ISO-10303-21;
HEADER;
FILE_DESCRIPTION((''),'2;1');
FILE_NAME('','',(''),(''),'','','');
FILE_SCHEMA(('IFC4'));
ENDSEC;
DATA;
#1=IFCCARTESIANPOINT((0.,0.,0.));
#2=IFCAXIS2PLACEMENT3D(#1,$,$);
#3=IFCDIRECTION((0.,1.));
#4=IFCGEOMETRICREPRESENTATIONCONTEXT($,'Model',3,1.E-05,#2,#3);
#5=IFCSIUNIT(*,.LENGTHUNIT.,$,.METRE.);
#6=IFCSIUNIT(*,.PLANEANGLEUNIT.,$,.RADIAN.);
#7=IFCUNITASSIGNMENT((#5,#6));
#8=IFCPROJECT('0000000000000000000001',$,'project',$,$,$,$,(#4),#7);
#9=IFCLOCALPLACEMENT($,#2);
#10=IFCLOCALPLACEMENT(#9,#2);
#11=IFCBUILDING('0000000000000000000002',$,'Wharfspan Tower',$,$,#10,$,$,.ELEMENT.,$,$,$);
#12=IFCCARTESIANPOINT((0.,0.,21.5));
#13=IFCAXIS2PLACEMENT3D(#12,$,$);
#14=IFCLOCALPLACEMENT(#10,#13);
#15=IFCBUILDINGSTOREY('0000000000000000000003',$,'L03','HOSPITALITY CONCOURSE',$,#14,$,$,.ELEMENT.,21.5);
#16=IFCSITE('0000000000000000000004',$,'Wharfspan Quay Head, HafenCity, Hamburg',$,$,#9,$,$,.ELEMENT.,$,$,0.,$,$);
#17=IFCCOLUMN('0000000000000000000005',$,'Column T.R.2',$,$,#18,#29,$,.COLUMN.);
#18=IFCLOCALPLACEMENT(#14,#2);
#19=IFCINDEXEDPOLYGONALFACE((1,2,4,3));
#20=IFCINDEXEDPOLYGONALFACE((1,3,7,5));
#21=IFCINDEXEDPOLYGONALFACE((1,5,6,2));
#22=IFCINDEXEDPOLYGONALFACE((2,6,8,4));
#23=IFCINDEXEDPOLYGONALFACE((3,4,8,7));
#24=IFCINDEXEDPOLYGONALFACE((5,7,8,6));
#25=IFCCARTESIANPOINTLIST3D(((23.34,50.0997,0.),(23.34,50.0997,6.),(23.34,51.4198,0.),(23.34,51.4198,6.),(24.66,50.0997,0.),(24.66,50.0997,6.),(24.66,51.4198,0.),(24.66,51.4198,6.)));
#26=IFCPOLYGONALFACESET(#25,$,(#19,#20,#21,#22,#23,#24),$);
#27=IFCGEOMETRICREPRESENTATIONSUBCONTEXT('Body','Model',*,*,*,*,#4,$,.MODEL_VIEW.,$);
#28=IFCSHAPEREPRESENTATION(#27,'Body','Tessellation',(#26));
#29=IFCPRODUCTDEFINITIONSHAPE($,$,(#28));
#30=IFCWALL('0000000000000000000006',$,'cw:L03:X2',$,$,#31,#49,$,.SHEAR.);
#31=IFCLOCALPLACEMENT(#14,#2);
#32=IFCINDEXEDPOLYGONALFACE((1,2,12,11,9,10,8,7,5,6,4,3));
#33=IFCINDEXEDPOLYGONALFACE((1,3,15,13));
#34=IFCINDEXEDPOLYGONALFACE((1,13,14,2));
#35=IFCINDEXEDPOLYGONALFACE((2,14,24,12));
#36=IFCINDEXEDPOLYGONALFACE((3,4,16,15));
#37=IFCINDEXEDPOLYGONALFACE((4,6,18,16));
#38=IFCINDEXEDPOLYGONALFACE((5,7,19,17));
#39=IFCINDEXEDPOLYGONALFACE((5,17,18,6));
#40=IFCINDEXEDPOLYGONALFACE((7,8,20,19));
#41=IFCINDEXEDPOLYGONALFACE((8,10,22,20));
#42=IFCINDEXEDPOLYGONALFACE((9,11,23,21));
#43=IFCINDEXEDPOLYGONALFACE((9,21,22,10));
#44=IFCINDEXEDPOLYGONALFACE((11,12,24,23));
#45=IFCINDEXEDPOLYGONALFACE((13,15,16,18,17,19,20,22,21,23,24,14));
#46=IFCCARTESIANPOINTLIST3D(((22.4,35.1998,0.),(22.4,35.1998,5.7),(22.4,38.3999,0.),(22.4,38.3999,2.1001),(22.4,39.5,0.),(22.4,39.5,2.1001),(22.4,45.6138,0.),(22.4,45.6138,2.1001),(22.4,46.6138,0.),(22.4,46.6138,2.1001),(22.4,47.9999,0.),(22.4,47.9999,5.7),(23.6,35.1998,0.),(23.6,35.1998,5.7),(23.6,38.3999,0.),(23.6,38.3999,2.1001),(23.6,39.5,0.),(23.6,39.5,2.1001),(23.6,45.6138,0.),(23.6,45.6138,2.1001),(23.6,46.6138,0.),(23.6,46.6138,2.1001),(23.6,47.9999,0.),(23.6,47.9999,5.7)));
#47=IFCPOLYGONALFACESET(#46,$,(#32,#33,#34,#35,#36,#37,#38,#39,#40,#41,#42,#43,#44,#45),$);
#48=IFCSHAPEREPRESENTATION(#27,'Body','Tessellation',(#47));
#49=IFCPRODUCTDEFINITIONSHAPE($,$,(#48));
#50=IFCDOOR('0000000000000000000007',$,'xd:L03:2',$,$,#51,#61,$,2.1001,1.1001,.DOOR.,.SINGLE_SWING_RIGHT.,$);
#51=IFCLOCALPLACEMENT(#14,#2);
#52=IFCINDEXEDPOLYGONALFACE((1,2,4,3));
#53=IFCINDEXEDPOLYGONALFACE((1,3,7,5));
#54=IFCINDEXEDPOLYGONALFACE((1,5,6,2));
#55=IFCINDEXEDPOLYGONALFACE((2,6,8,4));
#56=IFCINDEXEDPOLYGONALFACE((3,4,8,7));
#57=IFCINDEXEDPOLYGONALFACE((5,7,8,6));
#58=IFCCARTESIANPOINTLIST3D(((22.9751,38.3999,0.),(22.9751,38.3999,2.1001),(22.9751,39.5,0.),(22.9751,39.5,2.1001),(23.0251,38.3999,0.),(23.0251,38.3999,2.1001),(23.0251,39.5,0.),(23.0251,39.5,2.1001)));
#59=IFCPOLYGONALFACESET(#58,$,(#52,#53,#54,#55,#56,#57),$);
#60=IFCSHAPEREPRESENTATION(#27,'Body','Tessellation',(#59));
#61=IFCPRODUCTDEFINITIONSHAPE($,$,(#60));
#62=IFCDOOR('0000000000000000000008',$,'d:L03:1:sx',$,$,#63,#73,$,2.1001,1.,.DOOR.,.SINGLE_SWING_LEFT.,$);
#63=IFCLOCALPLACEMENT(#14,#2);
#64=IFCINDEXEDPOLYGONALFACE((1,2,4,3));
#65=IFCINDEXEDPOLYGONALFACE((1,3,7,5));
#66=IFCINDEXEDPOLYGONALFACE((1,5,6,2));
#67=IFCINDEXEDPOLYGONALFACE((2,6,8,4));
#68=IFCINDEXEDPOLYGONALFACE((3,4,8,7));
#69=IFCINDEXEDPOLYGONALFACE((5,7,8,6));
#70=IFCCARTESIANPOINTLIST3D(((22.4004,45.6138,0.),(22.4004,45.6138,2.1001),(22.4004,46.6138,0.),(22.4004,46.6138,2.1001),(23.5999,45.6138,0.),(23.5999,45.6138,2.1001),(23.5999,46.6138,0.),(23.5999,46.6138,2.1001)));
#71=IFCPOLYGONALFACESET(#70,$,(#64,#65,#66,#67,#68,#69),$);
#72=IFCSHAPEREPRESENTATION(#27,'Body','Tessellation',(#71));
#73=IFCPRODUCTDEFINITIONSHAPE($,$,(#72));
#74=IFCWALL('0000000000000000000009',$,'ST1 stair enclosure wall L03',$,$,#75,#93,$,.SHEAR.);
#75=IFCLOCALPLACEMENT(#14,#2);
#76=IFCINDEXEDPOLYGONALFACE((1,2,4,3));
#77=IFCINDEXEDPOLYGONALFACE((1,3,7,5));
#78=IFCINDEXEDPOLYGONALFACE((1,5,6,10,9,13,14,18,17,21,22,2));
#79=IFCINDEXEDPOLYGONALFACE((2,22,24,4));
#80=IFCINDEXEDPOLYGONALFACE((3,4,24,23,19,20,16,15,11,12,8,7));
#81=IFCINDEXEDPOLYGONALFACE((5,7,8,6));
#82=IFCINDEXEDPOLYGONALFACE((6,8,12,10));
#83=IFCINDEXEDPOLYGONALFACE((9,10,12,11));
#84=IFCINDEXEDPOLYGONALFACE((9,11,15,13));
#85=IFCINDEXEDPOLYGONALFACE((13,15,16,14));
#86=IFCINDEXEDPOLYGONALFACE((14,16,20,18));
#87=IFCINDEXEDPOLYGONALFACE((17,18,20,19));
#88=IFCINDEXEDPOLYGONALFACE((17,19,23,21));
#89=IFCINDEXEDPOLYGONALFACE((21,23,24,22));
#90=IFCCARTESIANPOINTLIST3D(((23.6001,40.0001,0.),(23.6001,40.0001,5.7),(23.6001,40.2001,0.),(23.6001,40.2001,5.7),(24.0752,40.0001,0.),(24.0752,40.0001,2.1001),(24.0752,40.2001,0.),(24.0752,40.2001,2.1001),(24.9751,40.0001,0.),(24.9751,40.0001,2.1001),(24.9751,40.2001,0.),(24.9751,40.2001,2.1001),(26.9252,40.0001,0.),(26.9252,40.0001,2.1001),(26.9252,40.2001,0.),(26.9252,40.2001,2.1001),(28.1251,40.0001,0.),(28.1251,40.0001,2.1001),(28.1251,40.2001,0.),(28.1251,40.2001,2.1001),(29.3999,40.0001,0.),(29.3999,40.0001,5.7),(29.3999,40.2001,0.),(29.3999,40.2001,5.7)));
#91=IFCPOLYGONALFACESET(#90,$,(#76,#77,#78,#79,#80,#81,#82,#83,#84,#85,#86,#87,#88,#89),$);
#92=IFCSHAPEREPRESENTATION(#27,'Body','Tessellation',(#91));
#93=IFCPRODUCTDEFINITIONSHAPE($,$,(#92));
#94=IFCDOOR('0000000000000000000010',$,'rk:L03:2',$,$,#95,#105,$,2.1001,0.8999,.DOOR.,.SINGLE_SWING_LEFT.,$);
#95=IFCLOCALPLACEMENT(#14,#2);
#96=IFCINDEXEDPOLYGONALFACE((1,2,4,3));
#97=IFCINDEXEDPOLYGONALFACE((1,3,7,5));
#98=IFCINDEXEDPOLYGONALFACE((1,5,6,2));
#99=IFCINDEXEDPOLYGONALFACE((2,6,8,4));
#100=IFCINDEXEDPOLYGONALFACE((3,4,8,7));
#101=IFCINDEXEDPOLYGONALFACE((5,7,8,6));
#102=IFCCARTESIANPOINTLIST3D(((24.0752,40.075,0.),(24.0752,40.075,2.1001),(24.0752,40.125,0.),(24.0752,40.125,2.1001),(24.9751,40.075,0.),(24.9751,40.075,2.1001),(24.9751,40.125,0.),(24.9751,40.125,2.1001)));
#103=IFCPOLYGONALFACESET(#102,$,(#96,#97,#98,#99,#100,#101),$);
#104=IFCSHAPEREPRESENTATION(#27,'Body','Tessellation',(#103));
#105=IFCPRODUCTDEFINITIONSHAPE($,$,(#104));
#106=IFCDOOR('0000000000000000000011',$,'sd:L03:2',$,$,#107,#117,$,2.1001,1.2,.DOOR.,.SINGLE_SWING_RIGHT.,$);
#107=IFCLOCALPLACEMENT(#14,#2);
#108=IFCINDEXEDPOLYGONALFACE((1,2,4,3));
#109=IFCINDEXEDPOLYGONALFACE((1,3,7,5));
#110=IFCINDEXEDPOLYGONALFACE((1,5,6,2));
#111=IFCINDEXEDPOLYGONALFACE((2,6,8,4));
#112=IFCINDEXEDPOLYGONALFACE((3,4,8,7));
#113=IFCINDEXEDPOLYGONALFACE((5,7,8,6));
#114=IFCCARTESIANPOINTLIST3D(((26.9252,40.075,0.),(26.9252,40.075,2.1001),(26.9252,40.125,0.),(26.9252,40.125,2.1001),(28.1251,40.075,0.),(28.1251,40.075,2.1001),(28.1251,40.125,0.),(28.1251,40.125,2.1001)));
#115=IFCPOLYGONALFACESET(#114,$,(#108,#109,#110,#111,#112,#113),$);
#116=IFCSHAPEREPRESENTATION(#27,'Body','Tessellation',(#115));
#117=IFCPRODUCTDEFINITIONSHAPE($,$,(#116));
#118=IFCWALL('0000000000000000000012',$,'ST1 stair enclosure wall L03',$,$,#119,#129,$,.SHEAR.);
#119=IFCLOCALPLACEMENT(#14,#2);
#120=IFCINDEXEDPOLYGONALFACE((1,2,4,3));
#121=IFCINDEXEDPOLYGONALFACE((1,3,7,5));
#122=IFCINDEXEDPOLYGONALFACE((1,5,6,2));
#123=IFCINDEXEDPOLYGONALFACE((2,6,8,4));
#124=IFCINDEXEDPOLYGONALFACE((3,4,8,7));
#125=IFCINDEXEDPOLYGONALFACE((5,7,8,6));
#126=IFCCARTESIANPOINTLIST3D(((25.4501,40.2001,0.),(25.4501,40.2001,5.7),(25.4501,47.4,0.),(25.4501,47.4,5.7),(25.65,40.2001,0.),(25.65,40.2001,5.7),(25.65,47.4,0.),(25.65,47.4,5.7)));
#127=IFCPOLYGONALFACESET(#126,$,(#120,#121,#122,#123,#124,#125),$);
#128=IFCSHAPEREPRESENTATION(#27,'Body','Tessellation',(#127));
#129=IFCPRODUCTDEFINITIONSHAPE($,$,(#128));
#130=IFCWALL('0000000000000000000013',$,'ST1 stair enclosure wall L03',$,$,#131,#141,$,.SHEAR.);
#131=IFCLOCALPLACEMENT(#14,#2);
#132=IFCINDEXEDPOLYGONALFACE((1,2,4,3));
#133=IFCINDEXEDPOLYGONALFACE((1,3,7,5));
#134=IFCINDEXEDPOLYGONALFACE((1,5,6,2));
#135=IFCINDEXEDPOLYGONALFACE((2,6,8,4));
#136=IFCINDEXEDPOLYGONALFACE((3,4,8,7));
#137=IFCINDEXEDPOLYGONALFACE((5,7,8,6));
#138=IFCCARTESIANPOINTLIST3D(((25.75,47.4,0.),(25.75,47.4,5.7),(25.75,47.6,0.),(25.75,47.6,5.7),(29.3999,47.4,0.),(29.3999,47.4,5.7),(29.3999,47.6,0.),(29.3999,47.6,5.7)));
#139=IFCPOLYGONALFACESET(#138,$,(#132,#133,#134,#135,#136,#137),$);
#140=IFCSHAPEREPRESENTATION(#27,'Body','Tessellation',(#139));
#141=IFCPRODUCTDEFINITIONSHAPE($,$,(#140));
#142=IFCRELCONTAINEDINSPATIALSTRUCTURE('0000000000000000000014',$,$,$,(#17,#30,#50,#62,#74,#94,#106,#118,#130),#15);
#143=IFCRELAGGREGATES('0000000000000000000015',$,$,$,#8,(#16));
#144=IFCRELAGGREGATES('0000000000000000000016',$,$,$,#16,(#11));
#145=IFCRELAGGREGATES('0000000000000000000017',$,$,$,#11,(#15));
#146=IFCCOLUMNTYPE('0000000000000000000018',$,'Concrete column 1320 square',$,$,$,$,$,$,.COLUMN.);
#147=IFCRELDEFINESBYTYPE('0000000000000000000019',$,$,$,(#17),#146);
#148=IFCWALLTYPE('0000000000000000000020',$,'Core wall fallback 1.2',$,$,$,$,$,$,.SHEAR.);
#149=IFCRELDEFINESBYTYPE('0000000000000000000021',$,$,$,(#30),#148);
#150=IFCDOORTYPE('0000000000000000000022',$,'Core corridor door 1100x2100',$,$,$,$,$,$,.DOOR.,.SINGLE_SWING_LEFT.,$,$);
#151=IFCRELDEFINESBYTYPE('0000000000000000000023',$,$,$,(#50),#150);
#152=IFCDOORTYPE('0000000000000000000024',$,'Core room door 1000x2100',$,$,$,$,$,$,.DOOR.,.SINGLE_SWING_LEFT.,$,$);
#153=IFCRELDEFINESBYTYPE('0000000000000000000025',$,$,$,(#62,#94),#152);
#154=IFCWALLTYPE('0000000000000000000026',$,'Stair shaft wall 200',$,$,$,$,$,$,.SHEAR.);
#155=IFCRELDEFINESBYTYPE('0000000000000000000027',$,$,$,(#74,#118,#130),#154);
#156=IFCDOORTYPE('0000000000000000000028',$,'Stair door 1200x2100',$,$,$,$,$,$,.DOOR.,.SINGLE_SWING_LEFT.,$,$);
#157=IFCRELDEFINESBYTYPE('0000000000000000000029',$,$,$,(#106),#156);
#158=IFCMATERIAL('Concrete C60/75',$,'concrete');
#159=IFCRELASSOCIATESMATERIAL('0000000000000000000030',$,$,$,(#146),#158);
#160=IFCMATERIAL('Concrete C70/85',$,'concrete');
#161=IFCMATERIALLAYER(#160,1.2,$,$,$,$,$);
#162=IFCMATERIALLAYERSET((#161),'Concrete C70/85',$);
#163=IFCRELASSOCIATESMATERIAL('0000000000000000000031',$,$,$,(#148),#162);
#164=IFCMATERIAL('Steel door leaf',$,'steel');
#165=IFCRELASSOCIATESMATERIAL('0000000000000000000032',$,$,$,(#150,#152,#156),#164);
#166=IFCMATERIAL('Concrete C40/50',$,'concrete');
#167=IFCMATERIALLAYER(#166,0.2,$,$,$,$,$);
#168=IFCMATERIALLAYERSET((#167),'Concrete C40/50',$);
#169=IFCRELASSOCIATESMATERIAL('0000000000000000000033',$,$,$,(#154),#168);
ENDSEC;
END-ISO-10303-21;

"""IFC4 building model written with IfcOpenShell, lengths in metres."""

from ifc_helpers import new_model, si_unit, direction, frame, frame_2d, origin, origin_2d, place, context, subcontext, project, spatial, rectangle, extrude, material, layer, layer_set, material_profile, profile_set, type_object, element, fill, save


model = new_model("IFC4")

# Units and contexts
model_context = context("Model", 3, precision=1e-05, world=origin(), true_north=direction((0.0, 1.0)))
body_context = subcontext(model_context, "Body", "Model", "MODEL_VIEW")
ifc_project = project(units=[si_unit("LENGTHUNIT", "METRE"), si_unit("PLANEANGLEUNIT", "RADIAN")], contexts=[model_context])

# Site, building, storey
site_placement = place(None, origin())
site = spatial("IfcSite", under=ifc_project, at=site_placement, Name="Wharfspan Quay Head, HafenCity, Hamburg", CompositionType="ELEMENT", RefElevation=0.0)
building_placement = place(site_placement, origin())
building = spatial("IfcBuilding", under=site, at=building_placement, Name="Wharfspan Tower", CompositionType="ELEMENT")
storey_placement = place(building_placement, frame((0.0, 0.0, 21.5)))
storey = spatial("IfcBuildingStorey", under=building, at=storey_placement, Name="L03", Description="HOSPITALITY CONCOURSE", CompositionType="ELEMENT", Elevation=21.5)

# Column
ifc_material_1 = material(Name="Concrete C60/75", Category="concrete")
ifc_material_profile = material_profile(ifc_material_1, rectangle(XDim=1.3201, YDim=1.3201, at=origin_2d()))
ifc_profile_set = profile_set([ifc_material_profile], Name="Concrete C60/75")
column_type = type_object("IfcColumnType", Name="Concrete column 1320 square", PredefinedType="COLUMN", material=ifc_profile_set)
column_placement = place(storey_placement, frame((24.0, 50.7598, 0.0), z_axis=(0.0, 0.0, 1.0), x_axis=(1.0, 0.0, 0.0)))
element("IfcColumn", 1, at=column_placement, inside=storey, type_object=column_type, Name="Column T.R.2", PredefinedType="COLUMN", context=body_context, shape_type="SweptSolid", body=[
    extrude(rectangle(XDim=1.3201, YDim=1.3201, at=origin_2d()), origin(), (0.0, 0.0, 1.0), 6.0),
])

# Walls, openings, doors
ifc_material_2 = material(Name="Concrete C70/85", Category="concrete")
ifc_layer_1 = layer(ifc_material_2, 1.2)
ifc_layer_set_1 = layer_set([ifc_layer_1], Name="Concrete C70/85")
wall_type_1 = type_object("IfcWallType", Name="Core wall fallback 1.2", PredefinedType="SHEAR", material=ifc_layer_set_1)
wall_1_placement = place(storey_placement, frame((23.0, 35.2, 0.0), z_axis=(0.0, 0.0, 1.0), x_axis=(0.0, 1.0, 0.0)))
wall_1 = element("IfcWall", 2, at=wall_1_placement, inside=storey, type_object=wall_type_1, Name="cw:L03:X2", PredefinedType="SHEAR", context=body_context, shape_type="SweptSolid", body=[
    extrude(rectangle(XDim=12.8, YDim=1.2, at=frame_2d((6.3999, 0.0))), origin(), (0.0, 0.0, 1.0), 5.7),
])
opening_1_placement = place(wall_1_placement, frame((10.4138, 0.0, 0.0)))
opening_1 = element("IfcOpeningElement", 3, at=opening_1_placement, cuts=wall_1, PredefinedType="OPENING", context=body_context, shape_type="SweptSolid", body=[
    extrude(rectangle(XDim=1.0, YDim=2.1001, at=frame_2d((0.5, 1.05))), frame((0.0, 0.6099, 0.0), z_axis=(0.0, -1.0, 0.0), x_axis=(1.0, 0.0, 0.0)), (0.0, 0.0, 1.0), 1.22),
])
opening_2_placement = place(wall_1_placement, frame((3.2, 0.0, 0.0)))
opening_2 = element("IfcOpeningElement", 4, at=opening_2_placement, cuts=wall_1, PredefinedType="OPENING", context=body_context, shape_type="SweptSolid", body=[
    extrude(rectangle(XDim=1.1001, YDim=2.1001, at=frame_2d((0.55, 1.05))), frame((0.0, 0.6099, 0.0), z_axis=(0.0, -1.0, 0.0), x_axis=(1.0, 0.0, 0.0)), (0.0, 0.0, 1.0), 1.22),
])
ifc_material_3 = material(Name="Steel door leaf", Category="steel")
door_type_1 = type_object("IfcDoorType", Name="Core corridor door 1100x2100", OperationType="SINGLE_SWING_LEFT", PredefinedType="DOOR", material=ifc_material_3)
door_1_placement = place(opening_2_placement, origin())
door_1 = element("IfcDoor", 5, at=door_1_placement, inside=storey, type_object=door_type_1, Name="xd:L03:2", OperationType="SINGLE_SWING_RIGHT", OverallHeight=2.1001, OverallWidth=1.1001, PredefinedType="DOOR", context=body_context, shape_type="SweptSolid", body=[
    extrude(rectangle(XDim=1.1001, YDim=2.1001, at=frame_2d((0.55, 1.05))), frame((0.0, 0.0249, 0.0), z_axis=(0.0, -1.0, 0.0), x_axis=(1.0, 0.0, 0.0)), (0.0, 0.0, 1.0), 0.05),
])
fill(opening_2, door_1)
door_type_2 = type_object("IfcDoorType", Name="Core room door 1000x2100", OperationType="SINGLE_SWING_LEFT", PredefinedType="DOOR", material=ifc_material_3)
door_2_placement = place(opening_1_placement, origin())
door_2 = element("IfcDoor", 6, at=door_2_placement, inside=storey, type_object=door_type_2, Name="d:L03:1:sx", OperationType="SINGLE_SWING_LEFT", OverallHeight=2.1001, OverallWidth=1.0, PredefinedType="DOOR", context=body_context, shape_type="SweptSolid", body=[
    extrude(rectangle(XDim=1.0, YDim=2.1001, at=frame_2d((0.5, 1.05))), frame((0.0, 0.5996, 0.0), z_axis=(0.0, -1.0, 0.0), x_axis=(1.0, 0.0, 0.0)), (0.0, 0.0, 1.0), 1.1995),
])
fill(opening_1, door_2)
ifc_material_4 = material(Name="Concrete C40/50", Category="concrete")
ifc_layer_2 = layer(ifc_material_4, 0.2)
ifc_layer_set_2 = layer_set([ifc_layer_2], Name="Concrete C40/50")
wall_type_2 = type_object("IfcWallType", Name="Stair shaft wall 200", PredefinedType="SHEAR", material=ifc_layer_set_2)
wall_2_placement = place(storey_placement, frame((23.6001, 40.1001, 0.0), z_axis=(0.0, 0.0, 1.0), x_axis=(1.0, 0.0, 0.0)))
wall_2 = element("IfcWall", 7, at=wall_2_placement, inside=storey, type_object=wall_type_2, Name="ST1 stair enclosure wall L03", PredefinedType="SHEAR", context=body_context, shape_type="SweptSolid", body=[
    extrude(rectangle(XDim=5.7998, YDim=0.2, at=frame_2d((2.8999, 0.0))), origin(), (0.0, 0.0, 1.0), 5.7),
])
opening_3_placement = place(wall_2_placement, frame((3.325, 0.0, 0.0)))
opening_3 = element("IfcOpeningElement", 8, at=opening_3_placement, cuts=wall_2, PredefinedType="OPENING", context=body_context, shape_type="SweptSolid", body=[
    extrude(rectangle(XDim=1.2, YDim=2.1001, at=frame_2d((0.6001, 1.05))), frame((0.0, 0.1099, 0.0), z_axis=(0.0, -1.0, 0.0), x_axis=(1.0, 0.0, 0.0)), (0.0, 0.0, 1.0), 0.22),
])
opening_4_placement = place(wall_2_placement, frame((0.4751, 0.0, 0.0)))
opening_4 = element("IfcOpeningElement", 9, at=opening_4_placement, cuts=wall_2, PredefinedType="OPENING", context=body_context, shape_type="SweptSolid", body=[
    extrude(rectangle(XDim=0.8999, YDim=2.1001, at=frame_2d((0.45, 1.05))), frame((0.0, 0.1099, 0.0), z_axis=(0.0, -1.0, 0.0), x_axis=(1.0, 0.0, 0.0)), (0.0, 0.0, 1.0), 0.22),
])
door_3_placement = place(opening_4_placement, origin())
door_3 = element("IfcDoor", 10, at=door_3_placement, inside=storey, type_object=door_type_2, Name="rk:L03:2", OperationType="SINGLE_SWING_LEFT", OverallHeight=2.1001, OverallWidth=0.8999, PredefinedType="DOOR", context=body_context, shape_type="SweptSolid", body=[
    extrude(rectangle(XDim=0.8999, YDim=2.1001, at=frame_2d((0.45, 1.05))), frame((0.0, 0.0249, 0.0), z_axis=(0.0, -1.0, 0.0), x_axis=(1.0, 0.0, 0.0)), (0.0, 0.0, 1.0), 0.05),
])
fill(opening_4, door_3)
door_type_3 = type_object("IfcDoorType", Name="Stair door 1200x2100", OperationType="SINGLE_SWING_LEFT", PredefinedType="DOOR", material=ifc_material_3)
door_4_placement = place(opening_3_placement, origin())
door_4 = element("IfcDoor", 11, at=door_4_placement, inside=storey, type_object=door_type_3, Name="sd:L03:2", OperationType="SINGLE_SWING_RIGHT", OverallHeight=2.1001, OverallWidth=1.2, PredefinedType="DOOR", context=body_context, shape_type="SweptSolid", body=[
    extrude(rectangle(XDim=1.2, YDim=2.1001, at=frame_2d((0.6001, 1.05))), frame((0.0, 0.0249, 0.0), z_axis=(0.0, -1.0, 0.0), x_axis=(1.0, 0.0, 0.0)), (0.0, 0.0, 1.0), 0.05),
])
fill(opening_3, door_4)

# Walls
wall_3_placement = place(storey_placement, frame((25.55, 40.2, 0.0), z_axis=(0.0, 0.0, 1.0), x_axis=(0.0, 1.0, 0.0)))
element("IfcWall", 12, at=wall_3_placement, inside=storey, type_object=wall_type_2, Name="ST1 stair enclosure wall L03", PredefinedType="SHEAR", context=body_context, shape_type="SweptSolid", body=[
    extrude(rectangle(XDim=7.2, YDim=0.2, at=frame_2d((3.6001, 0.0))), origin(), (0.0, 0.0, 1.0), 5.7),
])
wall_4_placement = place(storey_placement, frame((25.75, 47.5, 0.0), z_axis=(0.0, 0.0, 1.0), x_axis=(1.0, 0.0, 0.0)))
element("IfcWall", 13, at=wall_4_placement, inside=storey, type_object=wall_type_2, Name="ST1 stair enclosure wall L03", PredefinedType="SHEAR", context=body_context, shape_type="SweptSolid", body=[
    extrude(rectangle(XDim=3.6499, YDim=0.2, at=frame_2d((1.825, 0.0))), origin(), (0.0, 0.0, 1.0), 5.7),
])

save(model, "model.ifc")
